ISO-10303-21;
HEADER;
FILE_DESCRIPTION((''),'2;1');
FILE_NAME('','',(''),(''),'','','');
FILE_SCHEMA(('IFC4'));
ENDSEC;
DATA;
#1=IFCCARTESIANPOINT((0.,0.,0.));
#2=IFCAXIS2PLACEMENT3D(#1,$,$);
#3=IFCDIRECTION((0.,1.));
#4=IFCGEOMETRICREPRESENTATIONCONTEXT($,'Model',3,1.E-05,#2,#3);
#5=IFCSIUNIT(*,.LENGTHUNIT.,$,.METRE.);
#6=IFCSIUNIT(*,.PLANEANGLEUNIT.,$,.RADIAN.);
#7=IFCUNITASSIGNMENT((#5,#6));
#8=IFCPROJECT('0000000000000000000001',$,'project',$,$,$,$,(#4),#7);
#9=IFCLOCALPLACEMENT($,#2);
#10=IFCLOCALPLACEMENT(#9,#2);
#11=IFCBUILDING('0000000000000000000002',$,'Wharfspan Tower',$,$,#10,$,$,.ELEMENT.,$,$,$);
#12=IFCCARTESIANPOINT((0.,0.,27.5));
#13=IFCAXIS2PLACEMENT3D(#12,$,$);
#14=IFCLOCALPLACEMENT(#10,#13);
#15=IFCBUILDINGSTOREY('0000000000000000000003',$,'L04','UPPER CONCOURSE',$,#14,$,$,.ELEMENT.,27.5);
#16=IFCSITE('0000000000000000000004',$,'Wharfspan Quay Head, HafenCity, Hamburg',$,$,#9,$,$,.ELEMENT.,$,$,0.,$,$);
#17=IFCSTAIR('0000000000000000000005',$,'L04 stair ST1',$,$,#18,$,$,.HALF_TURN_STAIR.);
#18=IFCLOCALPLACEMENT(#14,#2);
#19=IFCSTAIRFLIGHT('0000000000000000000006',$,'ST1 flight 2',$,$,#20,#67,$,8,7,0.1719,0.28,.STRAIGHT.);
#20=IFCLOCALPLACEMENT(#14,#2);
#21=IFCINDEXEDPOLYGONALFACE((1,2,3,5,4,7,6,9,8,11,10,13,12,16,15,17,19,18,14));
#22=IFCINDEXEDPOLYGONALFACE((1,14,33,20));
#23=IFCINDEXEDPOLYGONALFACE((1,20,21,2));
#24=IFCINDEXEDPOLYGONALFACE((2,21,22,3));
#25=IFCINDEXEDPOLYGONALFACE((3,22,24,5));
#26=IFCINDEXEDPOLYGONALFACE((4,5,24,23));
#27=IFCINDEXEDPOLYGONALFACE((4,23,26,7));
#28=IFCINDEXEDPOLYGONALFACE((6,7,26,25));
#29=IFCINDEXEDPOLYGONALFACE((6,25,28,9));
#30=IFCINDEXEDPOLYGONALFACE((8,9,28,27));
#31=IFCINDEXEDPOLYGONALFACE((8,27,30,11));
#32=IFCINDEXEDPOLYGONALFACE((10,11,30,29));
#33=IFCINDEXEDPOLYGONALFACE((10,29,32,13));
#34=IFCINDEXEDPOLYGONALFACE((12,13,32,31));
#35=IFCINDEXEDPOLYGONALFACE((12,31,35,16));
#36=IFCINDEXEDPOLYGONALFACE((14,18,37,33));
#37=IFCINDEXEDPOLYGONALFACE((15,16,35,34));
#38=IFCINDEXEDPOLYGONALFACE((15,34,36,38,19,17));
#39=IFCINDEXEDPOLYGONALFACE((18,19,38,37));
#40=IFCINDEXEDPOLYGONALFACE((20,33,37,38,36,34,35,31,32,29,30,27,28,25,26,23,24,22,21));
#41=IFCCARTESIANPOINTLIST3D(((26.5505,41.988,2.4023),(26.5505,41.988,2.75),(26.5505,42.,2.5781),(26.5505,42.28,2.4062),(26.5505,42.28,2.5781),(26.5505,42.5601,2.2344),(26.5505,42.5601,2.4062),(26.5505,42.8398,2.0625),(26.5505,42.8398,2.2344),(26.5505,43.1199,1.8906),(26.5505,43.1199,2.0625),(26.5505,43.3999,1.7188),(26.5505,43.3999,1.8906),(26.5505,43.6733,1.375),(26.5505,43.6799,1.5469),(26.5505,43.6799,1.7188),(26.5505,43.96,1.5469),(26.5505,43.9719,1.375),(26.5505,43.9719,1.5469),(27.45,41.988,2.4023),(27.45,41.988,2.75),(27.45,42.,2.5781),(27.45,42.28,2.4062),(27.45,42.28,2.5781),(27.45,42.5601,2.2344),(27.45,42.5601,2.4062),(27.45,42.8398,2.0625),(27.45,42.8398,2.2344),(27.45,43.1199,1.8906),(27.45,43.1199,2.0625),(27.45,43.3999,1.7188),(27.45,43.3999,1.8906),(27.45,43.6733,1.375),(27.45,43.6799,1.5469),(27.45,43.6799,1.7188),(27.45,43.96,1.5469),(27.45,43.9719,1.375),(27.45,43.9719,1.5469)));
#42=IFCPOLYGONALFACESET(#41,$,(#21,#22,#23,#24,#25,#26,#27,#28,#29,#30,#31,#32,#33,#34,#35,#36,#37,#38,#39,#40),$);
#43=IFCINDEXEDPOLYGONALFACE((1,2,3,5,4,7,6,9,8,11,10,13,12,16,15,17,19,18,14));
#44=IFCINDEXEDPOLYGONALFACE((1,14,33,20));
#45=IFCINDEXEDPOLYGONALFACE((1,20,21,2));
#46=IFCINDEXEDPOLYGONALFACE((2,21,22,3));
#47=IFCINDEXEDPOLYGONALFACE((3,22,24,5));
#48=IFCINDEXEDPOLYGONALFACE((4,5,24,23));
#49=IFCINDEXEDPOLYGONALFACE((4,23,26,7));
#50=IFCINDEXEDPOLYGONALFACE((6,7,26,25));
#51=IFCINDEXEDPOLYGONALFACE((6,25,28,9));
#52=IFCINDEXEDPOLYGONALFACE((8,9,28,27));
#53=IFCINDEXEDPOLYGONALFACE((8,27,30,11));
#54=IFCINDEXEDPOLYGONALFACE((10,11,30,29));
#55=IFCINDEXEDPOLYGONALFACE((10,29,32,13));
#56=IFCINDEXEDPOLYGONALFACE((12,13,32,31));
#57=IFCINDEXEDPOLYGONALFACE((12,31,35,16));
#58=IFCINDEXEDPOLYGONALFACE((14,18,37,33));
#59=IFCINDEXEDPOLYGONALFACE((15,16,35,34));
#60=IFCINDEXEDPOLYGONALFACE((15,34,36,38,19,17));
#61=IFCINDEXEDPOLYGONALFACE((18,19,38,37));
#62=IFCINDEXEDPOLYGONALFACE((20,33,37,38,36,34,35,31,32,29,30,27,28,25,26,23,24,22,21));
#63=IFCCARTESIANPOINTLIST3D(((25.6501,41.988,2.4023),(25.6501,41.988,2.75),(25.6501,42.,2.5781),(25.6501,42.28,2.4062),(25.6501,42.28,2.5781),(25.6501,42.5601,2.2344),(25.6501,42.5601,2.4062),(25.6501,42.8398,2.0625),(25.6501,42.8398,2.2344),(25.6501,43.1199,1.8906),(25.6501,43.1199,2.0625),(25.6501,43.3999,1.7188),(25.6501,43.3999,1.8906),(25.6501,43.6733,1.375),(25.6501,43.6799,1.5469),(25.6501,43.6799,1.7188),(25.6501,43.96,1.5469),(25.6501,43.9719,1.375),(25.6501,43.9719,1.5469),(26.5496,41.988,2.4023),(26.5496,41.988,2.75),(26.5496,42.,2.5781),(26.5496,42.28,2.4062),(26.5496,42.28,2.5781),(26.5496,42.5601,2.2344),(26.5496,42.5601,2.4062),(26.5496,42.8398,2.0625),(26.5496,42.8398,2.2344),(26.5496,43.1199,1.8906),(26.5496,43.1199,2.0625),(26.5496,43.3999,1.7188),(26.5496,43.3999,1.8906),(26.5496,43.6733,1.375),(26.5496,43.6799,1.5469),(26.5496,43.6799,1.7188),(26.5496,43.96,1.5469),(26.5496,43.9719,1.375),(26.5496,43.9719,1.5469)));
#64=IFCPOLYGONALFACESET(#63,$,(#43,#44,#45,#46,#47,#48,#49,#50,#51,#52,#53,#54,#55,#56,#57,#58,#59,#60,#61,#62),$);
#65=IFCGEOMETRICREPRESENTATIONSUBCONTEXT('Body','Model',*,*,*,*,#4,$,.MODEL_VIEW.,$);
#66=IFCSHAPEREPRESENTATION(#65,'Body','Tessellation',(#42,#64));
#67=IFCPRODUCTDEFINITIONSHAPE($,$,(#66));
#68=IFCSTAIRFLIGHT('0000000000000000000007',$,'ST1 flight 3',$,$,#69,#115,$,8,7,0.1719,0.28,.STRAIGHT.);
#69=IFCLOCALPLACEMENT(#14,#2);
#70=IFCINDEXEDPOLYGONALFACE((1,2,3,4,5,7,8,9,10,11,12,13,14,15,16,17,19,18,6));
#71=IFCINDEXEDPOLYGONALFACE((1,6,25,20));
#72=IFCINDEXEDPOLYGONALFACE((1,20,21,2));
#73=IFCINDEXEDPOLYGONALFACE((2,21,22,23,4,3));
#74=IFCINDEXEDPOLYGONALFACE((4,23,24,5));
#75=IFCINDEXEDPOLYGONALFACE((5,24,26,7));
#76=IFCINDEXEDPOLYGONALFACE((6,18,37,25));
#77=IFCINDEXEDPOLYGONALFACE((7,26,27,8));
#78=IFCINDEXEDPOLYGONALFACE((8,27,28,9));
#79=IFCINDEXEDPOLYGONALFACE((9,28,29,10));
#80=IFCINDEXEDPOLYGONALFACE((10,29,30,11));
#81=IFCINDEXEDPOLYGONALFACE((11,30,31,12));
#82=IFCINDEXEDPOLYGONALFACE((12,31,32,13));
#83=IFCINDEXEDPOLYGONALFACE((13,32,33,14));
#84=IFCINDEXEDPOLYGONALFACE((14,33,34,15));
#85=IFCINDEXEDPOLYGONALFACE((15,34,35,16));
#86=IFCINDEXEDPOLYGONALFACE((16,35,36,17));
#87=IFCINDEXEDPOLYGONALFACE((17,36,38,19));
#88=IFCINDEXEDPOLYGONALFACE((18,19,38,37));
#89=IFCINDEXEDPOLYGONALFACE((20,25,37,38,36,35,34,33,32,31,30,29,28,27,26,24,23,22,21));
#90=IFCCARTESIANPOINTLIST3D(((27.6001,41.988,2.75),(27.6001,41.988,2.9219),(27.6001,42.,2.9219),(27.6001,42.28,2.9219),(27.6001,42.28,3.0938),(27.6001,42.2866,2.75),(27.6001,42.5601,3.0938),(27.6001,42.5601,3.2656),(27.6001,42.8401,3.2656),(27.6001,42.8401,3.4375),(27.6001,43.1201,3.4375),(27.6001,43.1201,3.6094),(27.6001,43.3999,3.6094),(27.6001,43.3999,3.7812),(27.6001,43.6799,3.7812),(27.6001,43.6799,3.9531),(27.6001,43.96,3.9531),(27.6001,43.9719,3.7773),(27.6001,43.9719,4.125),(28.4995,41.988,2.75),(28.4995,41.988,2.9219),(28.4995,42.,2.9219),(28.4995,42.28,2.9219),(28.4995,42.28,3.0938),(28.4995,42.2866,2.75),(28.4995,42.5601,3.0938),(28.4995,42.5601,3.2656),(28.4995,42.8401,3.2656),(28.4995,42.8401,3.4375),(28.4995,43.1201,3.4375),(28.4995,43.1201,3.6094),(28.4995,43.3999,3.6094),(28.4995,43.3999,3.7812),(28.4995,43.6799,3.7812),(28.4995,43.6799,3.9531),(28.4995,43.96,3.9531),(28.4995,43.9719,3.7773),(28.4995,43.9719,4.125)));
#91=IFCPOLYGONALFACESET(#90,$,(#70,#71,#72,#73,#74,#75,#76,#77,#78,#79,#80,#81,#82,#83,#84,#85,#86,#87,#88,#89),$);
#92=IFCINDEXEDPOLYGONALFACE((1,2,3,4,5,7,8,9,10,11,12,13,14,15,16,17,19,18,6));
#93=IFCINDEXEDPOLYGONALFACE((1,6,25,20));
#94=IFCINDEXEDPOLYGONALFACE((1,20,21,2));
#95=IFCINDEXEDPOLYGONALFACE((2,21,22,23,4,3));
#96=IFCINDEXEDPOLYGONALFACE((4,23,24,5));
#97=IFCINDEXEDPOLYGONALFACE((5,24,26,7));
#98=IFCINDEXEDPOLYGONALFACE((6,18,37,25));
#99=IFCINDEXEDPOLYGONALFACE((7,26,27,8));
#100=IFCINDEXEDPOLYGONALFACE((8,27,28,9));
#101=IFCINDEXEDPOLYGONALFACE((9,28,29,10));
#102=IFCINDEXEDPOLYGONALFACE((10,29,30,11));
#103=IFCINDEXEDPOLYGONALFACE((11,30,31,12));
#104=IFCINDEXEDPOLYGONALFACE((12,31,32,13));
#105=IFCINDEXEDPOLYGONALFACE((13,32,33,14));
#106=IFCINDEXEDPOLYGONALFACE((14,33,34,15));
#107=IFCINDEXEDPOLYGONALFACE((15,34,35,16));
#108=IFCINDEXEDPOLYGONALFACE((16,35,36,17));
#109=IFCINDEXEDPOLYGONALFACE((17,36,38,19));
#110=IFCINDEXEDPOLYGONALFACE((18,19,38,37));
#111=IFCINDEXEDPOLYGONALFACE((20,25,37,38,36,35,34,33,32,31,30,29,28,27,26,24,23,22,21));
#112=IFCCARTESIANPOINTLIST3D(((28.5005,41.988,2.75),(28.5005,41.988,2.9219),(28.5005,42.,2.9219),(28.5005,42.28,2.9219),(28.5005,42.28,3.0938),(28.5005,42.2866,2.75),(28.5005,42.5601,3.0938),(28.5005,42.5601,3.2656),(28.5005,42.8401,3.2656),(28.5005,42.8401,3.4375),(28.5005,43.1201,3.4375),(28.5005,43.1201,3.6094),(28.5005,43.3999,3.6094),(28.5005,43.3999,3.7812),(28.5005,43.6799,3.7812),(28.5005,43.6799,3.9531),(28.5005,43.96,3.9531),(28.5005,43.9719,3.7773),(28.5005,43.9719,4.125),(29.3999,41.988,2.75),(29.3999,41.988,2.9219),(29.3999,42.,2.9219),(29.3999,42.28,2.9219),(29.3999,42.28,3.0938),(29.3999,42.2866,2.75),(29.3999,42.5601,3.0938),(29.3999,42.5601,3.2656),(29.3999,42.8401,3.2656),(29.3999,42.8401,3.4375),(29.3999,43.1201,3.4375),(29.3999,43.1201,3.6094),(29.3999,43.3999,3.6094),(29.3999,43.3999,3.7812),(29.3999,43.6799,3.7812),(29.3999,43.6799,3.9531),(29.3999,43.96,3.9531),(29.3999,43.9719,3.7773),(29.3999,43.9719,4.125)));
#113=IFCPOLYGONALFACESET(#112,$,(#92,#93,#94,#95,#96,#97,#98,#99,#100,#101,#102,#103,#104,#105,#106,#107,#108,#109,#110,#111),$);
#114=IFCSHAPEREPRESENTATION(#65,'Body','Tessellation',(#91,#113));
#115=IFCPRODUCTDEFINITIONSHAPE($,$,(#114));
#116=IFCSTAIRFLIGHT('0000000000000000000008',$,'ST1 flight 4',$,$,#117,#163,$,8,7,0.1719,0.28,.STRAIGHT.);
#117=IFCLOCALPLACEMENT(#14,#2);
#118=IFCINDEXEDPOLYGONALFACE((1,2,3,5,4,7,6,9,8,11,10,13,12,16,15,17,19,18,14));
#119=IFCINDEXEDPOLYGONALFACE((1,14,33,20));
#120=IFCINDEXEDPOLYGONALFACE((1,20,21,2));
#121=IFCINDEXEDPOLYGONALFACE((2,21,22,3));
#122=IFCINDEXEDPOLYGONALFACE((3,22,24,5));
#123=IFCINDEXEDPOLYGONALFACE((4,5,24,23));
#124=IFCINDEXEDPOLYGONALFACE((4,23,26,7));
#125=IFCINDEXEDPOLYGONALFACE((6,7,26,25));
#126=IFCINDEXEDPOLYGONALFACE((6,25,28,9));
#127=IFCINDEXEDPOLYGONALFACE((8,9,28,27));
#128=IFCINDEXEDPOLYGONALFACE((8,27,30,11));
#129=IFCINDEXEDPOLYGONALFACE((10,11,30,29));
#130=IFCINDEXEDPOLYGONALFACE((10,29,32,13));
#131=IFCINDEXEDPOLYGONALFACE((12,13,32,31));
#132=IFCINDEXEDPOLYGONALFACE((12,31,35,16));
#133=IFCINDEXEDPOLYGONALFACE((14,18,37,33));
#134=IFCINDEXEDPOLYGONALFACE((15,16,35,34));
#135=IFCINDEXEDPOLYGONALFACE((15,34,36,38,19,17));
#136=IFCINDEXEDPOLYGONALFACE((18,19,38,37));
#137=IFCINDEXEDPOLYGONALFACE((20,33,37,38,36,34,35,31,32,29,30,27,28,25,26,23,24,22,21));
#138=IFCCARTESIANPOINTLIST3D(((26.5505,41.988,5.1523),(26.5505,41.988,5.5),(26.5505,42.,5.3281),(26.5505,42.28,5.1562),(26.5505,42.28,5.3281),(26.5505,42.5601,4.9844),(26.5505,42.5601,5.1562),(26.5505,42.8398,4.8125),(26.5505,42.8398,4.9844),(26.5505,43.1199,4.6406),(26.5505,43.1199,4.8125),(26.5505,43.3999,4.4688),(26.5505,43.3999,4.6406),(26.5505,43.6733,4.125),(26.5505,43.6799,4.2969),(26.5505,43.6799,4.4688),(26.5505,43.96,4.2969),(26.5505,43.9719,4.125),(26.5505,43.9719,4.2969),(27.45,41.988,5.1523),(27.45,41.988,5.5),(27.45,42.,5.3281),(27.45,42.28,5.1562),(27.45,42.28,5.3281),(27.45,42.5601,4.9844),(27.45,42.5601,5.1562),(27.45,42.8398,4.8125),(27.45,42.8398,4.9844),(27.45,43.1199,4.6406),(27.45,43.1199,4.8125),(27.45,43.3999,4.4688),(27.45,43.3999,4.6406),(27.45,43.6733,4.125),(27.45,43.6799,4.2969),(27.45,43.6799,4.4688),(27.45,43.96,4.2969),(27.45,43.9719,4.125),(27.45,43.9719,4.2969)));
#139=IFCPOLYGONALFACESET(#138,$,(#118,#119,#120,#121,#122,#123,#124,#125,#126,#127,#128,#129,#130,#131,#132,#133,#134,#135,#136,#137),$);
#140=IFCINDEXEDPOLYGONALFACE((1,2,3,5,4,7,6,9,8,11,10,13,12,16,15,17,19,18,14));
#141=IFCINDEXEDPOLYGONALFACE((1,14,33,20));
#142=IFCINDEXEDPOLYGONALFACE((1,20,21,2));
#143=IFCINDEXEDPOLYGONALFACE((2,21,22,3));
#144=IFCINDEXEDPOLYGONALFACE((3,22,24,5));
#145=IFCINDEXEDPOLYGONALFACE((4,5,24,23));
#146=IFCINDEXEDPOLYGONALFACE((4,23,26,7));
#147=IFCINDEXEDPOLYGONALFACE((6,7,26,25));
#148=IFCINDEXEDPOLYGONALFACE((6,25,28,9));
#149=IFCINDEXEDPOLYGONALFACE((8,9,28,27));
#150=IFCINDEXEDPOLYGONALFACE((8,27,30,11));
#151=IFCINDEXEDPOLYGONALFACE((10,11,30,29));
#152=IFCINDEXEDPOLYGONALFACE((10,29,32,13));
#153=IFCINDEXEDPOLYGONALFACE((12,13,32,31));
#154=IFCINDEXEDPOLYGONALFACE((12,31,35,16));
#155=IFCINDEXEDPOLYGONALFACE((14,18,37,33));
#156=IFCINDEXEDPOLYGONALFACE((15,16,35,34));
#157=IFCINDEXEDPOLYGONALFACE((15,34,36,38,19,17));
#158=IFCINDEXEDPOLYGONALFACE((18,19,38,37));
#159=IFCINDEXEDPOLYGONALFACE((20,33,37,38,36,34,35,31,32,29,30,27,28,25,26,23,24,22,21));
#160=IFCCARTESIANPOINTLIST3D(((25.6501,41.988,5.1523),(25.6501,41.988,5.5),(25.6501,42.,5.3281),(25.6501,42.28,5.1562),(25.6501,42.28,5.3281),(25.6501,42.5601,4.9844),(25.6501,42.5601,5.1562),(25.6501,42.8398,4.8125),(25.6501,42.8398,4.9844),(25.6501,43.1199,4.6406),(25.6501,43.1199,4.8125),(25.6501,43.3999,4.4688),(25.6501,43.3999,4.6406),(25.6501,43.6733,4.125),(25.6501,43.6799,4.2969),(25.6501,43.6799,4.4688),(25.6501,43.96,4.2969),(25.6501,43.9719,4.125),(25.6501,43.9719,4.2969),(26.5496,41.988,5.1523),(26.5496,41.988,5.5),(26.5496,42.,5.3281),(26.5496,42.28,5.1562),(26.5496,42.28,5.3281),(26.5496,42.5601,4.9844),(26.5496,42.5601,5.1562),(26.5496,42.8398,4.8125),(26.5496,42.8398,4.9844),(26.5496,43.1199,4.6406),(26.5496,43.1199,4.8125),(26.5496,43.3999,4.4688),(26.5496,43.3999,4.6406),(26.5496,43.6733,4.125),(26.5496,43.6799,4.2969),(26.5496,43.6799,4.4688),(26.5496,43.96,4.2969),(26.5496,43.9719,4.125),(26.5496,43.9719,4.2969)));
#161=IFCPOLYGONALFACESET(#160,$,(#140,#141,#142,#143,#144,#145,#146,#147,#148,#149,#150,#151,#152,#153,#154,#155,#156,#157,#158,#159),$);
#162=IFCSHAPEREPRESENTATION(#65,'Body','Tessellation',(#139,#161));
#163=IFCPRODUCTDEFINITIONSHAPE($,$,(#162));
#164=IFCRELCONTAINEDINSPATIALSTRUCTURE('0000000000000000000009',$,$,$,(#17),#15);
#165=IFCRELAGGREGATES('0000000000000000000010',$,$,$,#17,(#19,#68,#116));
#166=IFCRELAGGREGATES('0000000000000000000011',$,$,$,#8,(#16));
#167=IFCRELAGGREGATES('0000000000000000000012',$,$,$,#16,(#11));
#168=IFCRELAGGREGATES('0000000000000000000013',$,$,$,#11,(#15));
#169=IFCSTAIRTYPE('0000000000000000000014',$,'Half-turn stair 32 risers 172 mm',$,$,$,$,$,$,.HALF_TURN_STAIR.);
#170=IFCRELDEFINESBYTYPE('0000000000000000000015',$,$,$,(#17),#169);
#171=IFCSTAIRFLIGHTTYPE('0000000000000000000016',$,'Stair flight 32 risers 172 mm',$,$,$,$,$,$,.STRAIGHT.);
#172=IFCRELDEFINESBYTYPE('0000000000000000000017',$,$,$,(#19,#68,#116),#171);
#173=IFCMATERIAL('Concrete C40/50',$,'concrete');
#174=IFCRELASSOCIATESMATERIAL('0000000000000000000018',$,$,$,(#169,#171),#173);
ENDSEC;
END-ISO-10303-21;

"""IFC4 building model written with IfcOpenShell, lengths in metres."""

from ifc_helpers import new_model, si_unit, direction, frame, origin, place, context, subcontext, project, spatial, polyline, outline, extrude, material, type_object, element, aggregate, save


model = new_model("IFC4")

# Units and contexts
model_context = context("Model", 3, precision=1e-05, world=origin(), true_north=direction((0.0, 1.0)))
body_context = subcontext(model_context, "Body", "Model", "MODEL_VIEW")
ifc_project = project(units=[si_unit("LENGTHUNIT", "METRE"), si_unit("PLANEANGLEUNIT", "RADIAN")], contexts=[model_context])

# Site, building, storey
site_placement = place(None, origin())
site = spatial("IfcSite", under=ifc_project, at=site_placement, Name="Wharfspan Quay Head, HafenCity, Hamburg", CompositionType="ELEMENT", RefElevation=0.0)
building_placement = place(site_placement, origin())
building = spatial("IfcBuilding", under=site, at=building_placement, Name="Wharfspan Tower", CompositionType="ELEMENT")
storey_placement = place(building_placement, frame((0.0, 0.0, 27.5)))
storey = spatial("IfcBuildingStorey", under=building, at=storey_placement, Name="L04", Description="UPPER CONCOURSE", CompositionType="ELEMENT", Elevation=27.5)

# Shared definitions
ifc_material_1 = material(Name="Concrete C40/50", Category="concrete")

# Stair, stair flights
stair_type = type_object("IfcStairType", Name="Half-turn stair 32 risers 172 mm", PredefinedType="HALF_TURN_STAIR", material=ifc_material_1)
stair_placement = place(storey_placement, origin())
stair = element("IfcStair", 1, at=stair_placement, inside=storey, type_object=stair_type, Name="L04 stair ST1", PredefinedType="HALF_TURN_STAIR")
stair_flight_type = type_object("IfcStairFlightType", Name="Stair flight 32 risers 172 mm", PredefinedType="STRAIGHT", material=ifc_material_1)
stair_flight_1_placement = place(storey_placement, frame((26.55, 43.96, 1.375), z_axis=(0.0, 0.0, 1.0), x_axis=(0.0, -1.0, 0.0)))
stair_flight_1 = element("IfcStairFlight", 2, at=stair_flight_1_placement, type_object=stair_flight_type, Name="ST1 flight 2", NumberOfRisers=8, NumberOfTreads=7, PredefinedType="STRAIGHT", RiserHeight=0.1719, TreadLength=0.28, context=body_context, shape_type="SweptSolid", body=[
    extrude(outline(polyline([(-0.012, 0.0), (-0.012, 0.1719), (0.0, 0.1719), (0.28, 0.1719), (0.28, 0.3438), (0.5601, 0.3438), (0.5601, 0.5156), (0.8401, 0.5156), (0.8401, 0.6875), (1.1201, 0.6875), (1.1201, 0.8594), (1.3999, 0.8594), (1.3999, 1.0312), (1.6799, 1.0312), (1.6799, 1.2031), (1.96, 1.2031), (1.9719, 1.375), (1.9719, 1.0273), (0.2866, 0.0), (-0.012, 0.0)])), frame((0.0, 0.8999, 0.0), z_axis=(0.0, -1.0, 0.0), x_axis=(1.0, 0.0, 0.0)), (0.0, 0.0, 1.0), 0.8994),
    extrude(outline(polyline([(-0.012, 0.0), (-0.012, 0.1719), (0.0, 0.1719), (0.28, 0.1719), (0.28, 0.3438), (0.5601, 0.3438), (0.5601, 0.5156), (0.8401, 0.5156), (0.8401, 0.6875), (1.1201, 0.6875), (1.1201, 0.8594), (1.3999, 0.8594), (1.3999, 1.0312), (1.6799, 1.0312), (1.6799, 1.2031), (1.96, 1.2031), (1.9719, 1.375), (1.9719, 1.0273), (0.2866, 0.0), (-0.012, 0.0)])), frame((0.0, -0.0005, 0.0), z_axis=(0.0, -1.0, 0.0), x_axis=(1.0, 0.0, 0.0)), (0.0, 0.0, 1.0), 0.8994),
])
stair_flight_2_placement = place(storey_placement, frame((28.5, 42.0, 2.75), z_axis=(0.0, 0.0, 1.0), x_axis=(0.0, 1.0, 0.0)))
stair_flight_2 = element("IfcStairFlight", 3, at=stair_flight_2_placement, type_object=stair_flight_type, Name="ST1 flight 3", NumberOfRisers=8, NumberOfTreads=7, PredefinedType="STRAIGHT", RiserHeight=0.1719, TreadLength=0.28, context=body_context, shape_type="SweptSolid", body=[
    extrude(outline(polyline([(-0.012, 0.0), (-0.012, 0.1719), (0.0, 0.1719), (0.28, 0.1719), (0.28, 0.3438), (0.5601, 0.3438), (0.5601, 0.5156), (0.8401, 0.5156), (0.8401, 0.6875), (1.1201, 0.6875), (1.1201, 0.8594), (1.3999, 0.8594), (1.3999, 1.0312), (1.6799, 1.0312), (1.6799, 1.2031), (1.96, 1.2031), (1.9719, 1.375), (1.9719, 1.0273), (0.2866, 0.0), (-0.012, 0.0)])), frame((0.0, 0.8999, 0.0), z_axis=(0.0, -1.0, 0.0), x_axis=(1.0, 0.0, 0.0)), (0.0, 0.0, 1.0), 0.8994),
    extrude(outline(polyline([(-0.012, 0.0), (-0.012, 0.1719), (0.0, 0.1719), (0.28, 0.1719), (0.28, 0.3438), (0.5601, 0.3438), (0.5601, 0.5156), (0.8401, 0.5156), (0.8401, 0.6875), (1.1201, 0.6875), (1.1201, 0.8594), (1.3999, 0.8594), (1.3999, 1.0312), (1.6799, 1.0312), (1.6799, 1.2031), (1.96, 1.2031), (1.9719, 1.375), (1.9719, 1.0273), (0.2866, 0.0), (-0.012, 0.0)])), frame((0.0, -0.0005, 0.0), z_axis=(0.0, -1.0, 0.0), x_axis=(1.0, 0.0, 0.0)), (0.0, 0.0, 1.0), 0.8994),
])
stair_flight_3_placement = place(storey_placement, frame((26.55, 43.96, 4.125), z_axis=(0.0, 0.0, 1.0), x_axis=(0.0, -1.0, 0.0)))
stair_flight_3 = element("IfcStairFlight", 4, at=stair_flight_3_placement, type_object=stair_flight_type, Name="ST1 flight 4", NumberOfRisers=8, NumberOfTreads=7, PredefinedType="STRAIGHT", RiserHeight=0.1719, TreadLength=0.28, context=body_context, shape_type="SweptSolid", body=[
    extrude(outline(polyline([(-0.012, 0.0), (-0.012, 0.1719), (0.0, 0.1719), (0.28, 0.1719), (0.28, 0.3438), (0.5601, 0.3438), (0.5601, 0.5156), (0.8401, 0.5156), (0.8401, 0.6875), (1.1201, 0.6875), (1.1201, 0.8594), (1.3999, 0.8594), (1.3999, 1.0312), (1.6799, 1.0312), (1.6799, 1.2031), (1.96, 1.2031), (1.9719, 1.375), (1.9719, 1.0273), (0.2866, 0.0), (-0.012, 0.0)])), frame((0.0, 0.8999, 0.0), z_axis=(0.0, -1.0, 0.0), x_axis=(1.0, 0.0, 0.0)), (0.0, 0.0, 1.0), 0.8994),
    extrude(outline(polyline([(-0.012, 0.0), (-0.012, 0.1719), (0.0, 0.1719), (0.28, 0.1719), (0.28, 0.3438), (0.5601, 0.3438), (0.5601, 0.5156), (0.8401, 0.5156), (0.8401, 0.6875), (1.1201, 0.6875), (1.1201, 0.8594), (1.3999, 0.8594), (1.3999, 1.0312), (1.6799, 1.0312), (1.6799, 1.2031), (1.96, 1.2031), (1.9719, 1.375), (1.9719, 1.0273), (0.2866, 0.0), (-0.012, 0.0)])), frame((0.0, -0.0005, 0.0), z_axis=(0.0, -1.0, 0.0), x_axis=(1.0, 0.0, 0.0)), (0.0, 0.0, 1.0), 0.8994),
])
aggregate(stair, [stair_flight_1, stair_flight_2, stair_flight_3])

save(model, "model.ifc")
